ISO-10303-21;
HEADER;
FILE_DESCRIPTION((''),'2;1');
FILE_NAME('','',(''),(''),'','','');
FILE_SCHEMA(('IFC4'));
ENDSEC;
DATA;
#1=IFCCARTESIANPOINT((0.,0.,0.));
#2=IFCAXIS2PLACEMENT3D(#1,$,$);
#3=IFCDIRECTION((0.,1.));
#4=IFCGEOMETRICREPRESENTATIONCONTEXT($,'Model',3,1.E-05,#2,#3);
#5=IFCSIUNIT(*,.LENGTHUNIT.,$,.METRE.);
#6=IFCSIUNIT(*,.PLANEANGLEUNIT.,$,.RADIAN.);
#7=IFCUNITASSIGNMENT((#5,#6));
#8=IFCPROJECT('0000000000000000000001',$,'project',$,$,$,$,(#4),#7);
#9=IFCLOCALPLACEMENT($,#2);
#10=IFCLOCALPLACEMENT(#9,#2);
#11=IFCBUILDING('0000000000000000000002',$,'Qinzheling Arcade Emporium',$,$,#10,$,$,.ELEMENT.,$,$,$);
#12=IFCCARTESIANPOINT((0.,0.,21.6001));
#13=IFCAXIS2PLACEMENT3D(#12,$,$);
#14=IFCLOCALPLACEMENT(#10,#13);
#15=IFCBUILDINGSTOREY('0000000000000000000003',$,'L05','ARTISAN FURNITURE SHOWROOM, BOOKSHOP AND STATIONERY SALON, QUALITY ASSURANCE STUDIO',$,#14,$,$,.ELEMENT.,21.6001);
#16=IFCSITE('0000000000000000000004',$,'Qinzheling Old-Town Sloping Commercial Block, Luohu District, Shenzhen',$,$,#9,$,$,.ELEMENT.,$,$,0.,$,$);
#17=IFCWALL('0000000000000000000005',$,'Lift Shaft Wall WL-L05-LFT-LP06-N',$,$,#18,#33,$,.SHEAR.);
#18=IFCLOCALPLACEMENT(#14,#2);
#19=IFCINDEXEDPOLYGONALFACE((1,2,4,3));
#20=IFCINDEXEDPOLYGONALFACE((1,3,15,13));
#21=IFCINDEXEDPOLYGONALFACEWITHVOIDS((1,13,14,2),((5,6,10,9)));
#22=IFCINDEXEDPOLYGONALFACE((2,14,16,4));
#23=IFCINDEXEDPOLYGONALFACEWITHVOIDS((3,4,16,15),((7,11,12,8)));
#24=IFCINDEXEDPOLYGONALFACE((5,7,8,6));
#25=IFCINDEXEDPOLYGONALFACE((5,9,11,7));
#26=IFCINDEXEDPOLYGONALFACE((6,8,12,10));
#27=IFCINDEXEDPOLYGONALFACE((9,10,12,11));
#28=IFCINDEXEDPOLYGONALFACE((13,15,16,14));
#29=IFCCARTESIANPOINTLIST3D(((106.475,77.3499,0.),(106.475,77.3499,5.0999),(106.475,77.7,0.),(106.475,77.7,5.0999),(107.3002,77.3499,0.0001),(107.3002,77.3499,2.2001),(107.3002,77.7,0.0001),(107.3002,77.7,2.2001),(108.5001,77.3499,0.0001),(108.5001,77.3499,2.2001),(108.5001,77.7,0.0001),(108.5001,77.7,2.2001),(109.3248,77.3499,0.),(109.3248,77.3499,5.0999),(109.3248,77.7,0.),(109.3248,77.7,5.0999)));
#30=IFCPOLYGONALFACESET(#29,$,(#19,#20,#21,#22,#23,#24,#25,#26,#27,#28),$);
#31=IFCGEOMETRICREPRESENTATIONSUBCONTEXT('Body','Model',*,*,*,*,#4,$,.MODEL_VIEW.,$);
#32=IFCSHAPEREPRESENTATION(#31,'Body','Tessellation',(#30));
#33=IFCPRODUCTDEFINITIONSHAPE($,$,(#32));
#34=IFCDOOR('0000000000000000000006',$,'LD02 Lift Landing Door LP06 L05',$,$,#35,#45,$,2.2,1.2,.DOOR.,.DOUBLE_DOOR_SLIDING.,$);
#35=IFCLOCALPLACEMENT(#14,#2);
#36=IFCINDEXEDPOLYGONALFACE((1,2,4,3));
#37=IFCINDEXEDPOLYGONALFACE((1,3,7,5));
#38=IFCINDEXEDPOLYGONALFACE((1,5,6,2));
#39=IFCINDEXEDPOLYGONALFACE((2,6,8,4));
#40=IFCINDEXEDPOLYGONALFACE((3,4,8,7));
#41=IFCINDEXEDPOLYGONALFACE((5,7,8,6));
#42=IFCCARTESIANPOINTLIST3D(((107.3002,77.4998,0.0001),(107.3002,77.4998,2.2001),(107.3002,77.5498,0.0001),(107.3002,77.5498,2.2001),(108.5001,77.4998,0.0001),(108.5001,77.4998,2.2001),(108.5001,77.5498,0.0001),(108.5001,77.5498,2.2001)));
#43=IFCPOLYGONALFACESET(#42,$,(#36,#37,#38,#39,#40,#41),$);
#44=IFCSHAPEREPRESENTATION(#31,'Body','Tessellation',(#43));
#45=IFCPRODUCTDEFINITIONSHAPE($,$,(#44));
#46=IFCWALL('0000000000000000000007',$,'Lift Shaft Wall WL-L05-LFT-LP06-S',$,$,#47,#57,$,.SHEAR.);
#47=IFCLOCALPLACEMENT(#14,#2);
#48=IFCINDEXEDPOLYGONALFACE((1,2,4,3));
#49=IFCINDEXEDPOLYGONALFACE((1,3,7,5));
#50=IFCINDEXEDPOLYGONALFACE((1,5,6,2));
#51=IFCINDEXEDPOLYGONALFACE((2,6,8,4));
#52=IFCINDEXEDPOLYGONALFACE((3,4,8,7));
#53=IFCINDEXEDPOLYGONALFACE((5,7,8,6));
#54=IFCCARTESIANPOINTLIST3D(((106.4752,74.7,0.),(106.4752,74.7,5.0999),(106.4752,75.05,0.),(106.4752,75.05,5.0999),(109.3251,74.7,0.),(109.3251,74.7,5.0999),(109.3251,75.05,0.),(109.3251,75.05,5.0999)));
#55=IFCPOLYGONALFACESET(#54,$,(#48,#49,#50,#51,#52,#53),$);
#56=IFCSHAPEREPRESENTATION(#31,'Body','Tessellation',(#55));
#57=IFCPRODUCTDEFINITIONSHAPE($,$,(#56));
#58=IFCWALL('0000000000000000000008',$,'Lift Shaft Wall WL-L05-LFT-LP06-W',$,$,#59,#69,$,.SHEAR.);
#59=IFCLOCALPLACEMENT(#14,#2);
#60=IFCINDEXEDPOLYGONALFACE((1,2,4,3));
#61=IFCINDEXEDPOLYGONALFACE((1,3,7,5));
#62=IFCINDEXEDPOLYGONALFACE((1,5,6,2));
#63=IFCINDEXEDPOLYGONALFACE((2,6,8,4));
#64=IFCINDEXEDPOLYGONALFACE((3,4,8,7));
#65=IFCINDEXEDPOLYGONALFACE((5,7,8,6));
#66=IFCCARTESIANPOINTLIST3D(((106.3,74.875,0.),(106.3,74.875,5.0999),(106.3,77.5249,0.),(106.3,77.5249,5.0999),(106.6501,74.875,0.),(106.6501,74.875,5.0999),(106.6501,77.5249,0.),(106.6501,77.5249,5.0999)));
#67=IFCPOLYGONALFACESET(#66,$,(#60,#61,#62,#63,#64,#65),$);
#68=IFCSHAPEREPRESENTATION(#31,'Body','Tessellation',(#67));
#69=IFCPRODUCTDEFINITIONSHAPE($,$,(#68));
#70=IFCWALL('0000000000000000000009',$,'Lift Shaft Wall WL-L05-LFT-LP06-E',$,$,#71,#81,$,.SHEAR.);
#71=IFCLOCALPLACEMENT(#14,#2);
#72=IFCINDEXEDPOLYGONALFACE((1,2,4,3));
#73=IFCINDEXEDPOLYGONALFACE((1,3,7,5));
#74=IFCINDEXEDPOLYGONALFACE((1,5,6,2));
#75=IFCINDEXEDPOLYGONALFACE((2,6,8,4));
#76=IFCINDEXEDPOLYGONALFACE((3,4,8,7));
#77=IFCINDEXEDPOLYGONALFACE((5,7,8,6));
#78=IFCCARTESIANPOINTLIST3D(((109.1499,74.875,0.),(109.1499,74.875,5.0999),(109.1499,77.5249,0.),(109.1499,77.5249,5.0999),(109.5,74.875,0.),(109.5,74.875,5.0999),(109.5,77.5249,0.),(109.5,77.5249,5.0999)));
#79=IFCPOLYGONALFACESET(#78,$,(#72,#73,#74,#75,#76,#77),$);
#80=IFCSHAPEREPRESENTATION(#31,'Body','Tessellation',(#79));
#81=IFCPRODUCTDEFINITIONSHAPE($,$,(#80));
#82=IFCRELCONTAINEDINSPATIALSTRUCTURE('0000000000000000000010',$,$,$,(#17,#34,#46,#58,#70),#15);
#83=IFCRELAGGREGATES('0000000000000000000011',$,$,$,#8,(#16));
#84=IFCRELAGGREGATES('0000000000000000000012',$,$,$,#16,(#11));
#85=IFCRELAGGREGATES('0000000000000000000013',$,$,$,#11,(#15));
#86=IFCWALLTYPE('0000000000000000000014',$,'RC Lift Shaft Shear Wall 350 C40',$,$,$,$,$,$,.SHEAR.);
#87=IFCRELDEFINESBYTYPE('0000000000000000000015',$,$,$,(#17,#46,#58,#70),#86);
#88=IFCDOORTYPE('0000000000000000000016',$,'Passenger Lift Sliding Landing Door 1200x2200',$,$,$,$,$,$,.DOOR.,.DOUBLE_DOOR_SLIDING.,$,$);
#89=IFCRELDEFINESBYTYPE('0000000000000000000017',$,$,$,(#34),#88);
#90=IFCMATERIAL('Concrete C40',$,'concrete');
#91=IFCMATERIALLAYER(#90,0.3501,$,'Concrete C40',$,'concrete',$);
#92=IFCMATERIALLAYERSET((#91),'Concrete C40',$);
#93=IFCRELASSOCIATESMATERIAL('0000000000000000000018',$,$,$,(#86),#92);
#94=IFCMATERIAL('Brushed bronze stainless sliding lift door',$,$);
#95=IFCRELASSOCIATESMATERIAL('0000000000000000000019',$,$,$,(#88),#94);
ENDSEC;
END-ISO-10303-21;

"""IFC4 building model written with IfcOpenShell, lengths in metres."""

from ifc_helpers import new_model, si_unit, direction, frame, frame_2d, origin, place, context, subcontext, project, spatial, rectangle, extrude, material, layer, layer_set, type_object, element, fill, save


model = new_model("IFC4")

# Units and contexts
model_context = context("Model", 3, precision=1e-05, world=origin(), true_north=direction((0.0, 1.0)))
body_context = subcontext(model_context, "Body", "Model", "MODEL_VIEW")
ifc_project = project(units=[si_unit("LENGTHUNIT", "METRE"), si_unit("PLANEANGLEUNIT", "RADIAN")], contexts=[model_context])

# Site, building, storey
site_placement = place(None, origin())
site = spatial("IfcSite", under=ifc_project, at=site_placement, Name="Qinzheling Old-Town Sloping Commercial Block, Luohu District, Shenzhen", CompositionType="ELEMENT", RefElevation=0.0)
building_placement = place(site_placement, origin())
building = spatial("IfcBuilding", under=site, at=building_placement, Name="Qinzheling Arcade Emporium", CompositionType="ELEMENT")
storey_placement = place(building_placement, frame((0.0, 0.0, 21.6001)))
storey = spatial("IfcBuildingStorey", under=building, at=storey_placement, Name="L05", Description="ARTISAN FURNITURE SHOWROOM, BOOKSHOP AND STATIONERY SALON, QUALITY ASSURANCE STUDIO", CompositionType="ELEMENT", Elevation=21.6001)

# Shared definitions
ifc_material_1 = material(Name="Concrete C40", Category="concrete")

# Wall, opening, door
ifc_layer_1 = layer(ifc_material_1, 0.3501, Name="Concrete C40", Category="concrete")
ifc_layer_set_1 = layer_set([ifc_layer_1], Name="Concrete C40")
wall_type_1 = type_object("IfcWallType", Name="RC Lift Shaft Shear Wall 350 C40", PredefinedType="SHEAR", material=ifc_layer_set_1)
wall_1_placement = place(storey_placement, frame((106.4751, 77.5249, 0.0), z_axis=(0.0, 0.0, 1.0), x_axis=(1.0, 0.0, 0.0)))
wall_1 = element("IfcWall", 1, at=wall_1_placement, inside=storey, type_object=wall_type_1, Name="Lift Shaft Wall WL-L05-LFT-LP06-N", PredefinedType="SHEAR", context=body_context, shape_type="SweptSolid", body=[
    extrude(rectangle(XDim=2.8499, YDim=0.3501, at=frame_2d((1.4248, 0.0))), origin(), (0.0, 0.0, 1.0), 5.0999),
])
opening_1_placement = place(wall_1_placement, frame((0.825, 0.0, 0.0)))
opening_1 = element("IfcOpeningElement", 2, at=opening_1_placement, cuts=wall_1, PredefinedType="OPENING", context=body_context, shape_type="SweptSolid", body=[
    extrude(rectangle(XDim=1.2, YDim=2.2, at=frame_2d((0.6001, 1.1001))), frame((0.0, 0.1851, 0.0), z_axis=(0.0, -1.0, 0.0), x_axis=(1.0, 0.0, 0.0)), (0.0, 0.0, 1.0), 0.3701),
])
ifc_material_2 = material(Name="Brushed bronze stainless sliding lift door")
door_type = type_object("IfcDoorType", Name="Passenger Lift Sliding Landing Door 1200x2200", OperationType="DOUBLE_DOOR_SLIDING", PredefinedType="DOOR", material=ifc_material_2)
door_placement = place(opening_1_placement, origin())
door = element("IfcDoor", 3, at=door_placement, inside=storey, type_object=door_type, Name="LD02 Lift Landing Door LP06 L05", OperationType="DOUBLE_DOOR_SLIDING", OverallHeight=2.2, OverallWidth=1.2, PredefinedType="DOOR", context=body_context, shape_type="SweptSolid", body=[
    extrude(rectangle(XDim=1.2, YDim=2.2, at=frame_2d((0.6001, 1.1001))), frame((0.0, 0.0249, 0.0), z_axis=(0.0, -1.0, 0.0), x_axis=(1.0, 0.0, 0.0)), (0.0, 0.0, 1.0), 0.05),
])
fill(opening_1, door)

# Walls
wall_2_placement = place(storey_placement, frame((109.325, 74.875, 0.0), z_axis=(0.0, 0.0, 1.0), x_axis=(-1.0, 0.0, 0.0)))
element("IfcWall", 4, at=wall_2_placement, inside=storey, type_object=wall_type_1, Name="Lift Shaft Wall WL-L05-LFT-LP06-S", PredefinedType="SHEAR", context=body_context, shape_type="SweptSolid", body=[
    extrude(rectangle(XDim=2.8499, YDim=0.3501, at=frame_2d((1.4248, 0.0))), origin(), (0.0, 0.0, 1.0), 5.0999),
])
for number, where, z_axis, x_axis, name in (
    (5, (106.4751, 74.875, 0.0), (0.0, 0.0, 1.0), (0.0, 1.0, 0.0), "Lift Shaft Wall WL-L05-LFT-LP06-W"),
    (6, (109.325, 77.5249, 0.0), (0.0, 0.0, 1.0), (0.0, -1.0, 0.0), "Lift Shaft Wall WL-L05-LFT-LP06-E"),
):
    element("IfcWall", number, at=place(storey_placement, frame(where, z_axis=z_axis, x_axis=x_axis)), inside=storey, type_object=wall_type_1, Name=name, PredefinedType="SHEAR", context=body_context, shape_type="SweptSolid", body=[
        extrude(rectangle(XDim=2.6499, YDim=0.3501, at=frame_2d((1.325, 0.0))), origin(), (0.0, 0.0, 1.0), 5.0999),
    ])

save(model, "model.ifc")
